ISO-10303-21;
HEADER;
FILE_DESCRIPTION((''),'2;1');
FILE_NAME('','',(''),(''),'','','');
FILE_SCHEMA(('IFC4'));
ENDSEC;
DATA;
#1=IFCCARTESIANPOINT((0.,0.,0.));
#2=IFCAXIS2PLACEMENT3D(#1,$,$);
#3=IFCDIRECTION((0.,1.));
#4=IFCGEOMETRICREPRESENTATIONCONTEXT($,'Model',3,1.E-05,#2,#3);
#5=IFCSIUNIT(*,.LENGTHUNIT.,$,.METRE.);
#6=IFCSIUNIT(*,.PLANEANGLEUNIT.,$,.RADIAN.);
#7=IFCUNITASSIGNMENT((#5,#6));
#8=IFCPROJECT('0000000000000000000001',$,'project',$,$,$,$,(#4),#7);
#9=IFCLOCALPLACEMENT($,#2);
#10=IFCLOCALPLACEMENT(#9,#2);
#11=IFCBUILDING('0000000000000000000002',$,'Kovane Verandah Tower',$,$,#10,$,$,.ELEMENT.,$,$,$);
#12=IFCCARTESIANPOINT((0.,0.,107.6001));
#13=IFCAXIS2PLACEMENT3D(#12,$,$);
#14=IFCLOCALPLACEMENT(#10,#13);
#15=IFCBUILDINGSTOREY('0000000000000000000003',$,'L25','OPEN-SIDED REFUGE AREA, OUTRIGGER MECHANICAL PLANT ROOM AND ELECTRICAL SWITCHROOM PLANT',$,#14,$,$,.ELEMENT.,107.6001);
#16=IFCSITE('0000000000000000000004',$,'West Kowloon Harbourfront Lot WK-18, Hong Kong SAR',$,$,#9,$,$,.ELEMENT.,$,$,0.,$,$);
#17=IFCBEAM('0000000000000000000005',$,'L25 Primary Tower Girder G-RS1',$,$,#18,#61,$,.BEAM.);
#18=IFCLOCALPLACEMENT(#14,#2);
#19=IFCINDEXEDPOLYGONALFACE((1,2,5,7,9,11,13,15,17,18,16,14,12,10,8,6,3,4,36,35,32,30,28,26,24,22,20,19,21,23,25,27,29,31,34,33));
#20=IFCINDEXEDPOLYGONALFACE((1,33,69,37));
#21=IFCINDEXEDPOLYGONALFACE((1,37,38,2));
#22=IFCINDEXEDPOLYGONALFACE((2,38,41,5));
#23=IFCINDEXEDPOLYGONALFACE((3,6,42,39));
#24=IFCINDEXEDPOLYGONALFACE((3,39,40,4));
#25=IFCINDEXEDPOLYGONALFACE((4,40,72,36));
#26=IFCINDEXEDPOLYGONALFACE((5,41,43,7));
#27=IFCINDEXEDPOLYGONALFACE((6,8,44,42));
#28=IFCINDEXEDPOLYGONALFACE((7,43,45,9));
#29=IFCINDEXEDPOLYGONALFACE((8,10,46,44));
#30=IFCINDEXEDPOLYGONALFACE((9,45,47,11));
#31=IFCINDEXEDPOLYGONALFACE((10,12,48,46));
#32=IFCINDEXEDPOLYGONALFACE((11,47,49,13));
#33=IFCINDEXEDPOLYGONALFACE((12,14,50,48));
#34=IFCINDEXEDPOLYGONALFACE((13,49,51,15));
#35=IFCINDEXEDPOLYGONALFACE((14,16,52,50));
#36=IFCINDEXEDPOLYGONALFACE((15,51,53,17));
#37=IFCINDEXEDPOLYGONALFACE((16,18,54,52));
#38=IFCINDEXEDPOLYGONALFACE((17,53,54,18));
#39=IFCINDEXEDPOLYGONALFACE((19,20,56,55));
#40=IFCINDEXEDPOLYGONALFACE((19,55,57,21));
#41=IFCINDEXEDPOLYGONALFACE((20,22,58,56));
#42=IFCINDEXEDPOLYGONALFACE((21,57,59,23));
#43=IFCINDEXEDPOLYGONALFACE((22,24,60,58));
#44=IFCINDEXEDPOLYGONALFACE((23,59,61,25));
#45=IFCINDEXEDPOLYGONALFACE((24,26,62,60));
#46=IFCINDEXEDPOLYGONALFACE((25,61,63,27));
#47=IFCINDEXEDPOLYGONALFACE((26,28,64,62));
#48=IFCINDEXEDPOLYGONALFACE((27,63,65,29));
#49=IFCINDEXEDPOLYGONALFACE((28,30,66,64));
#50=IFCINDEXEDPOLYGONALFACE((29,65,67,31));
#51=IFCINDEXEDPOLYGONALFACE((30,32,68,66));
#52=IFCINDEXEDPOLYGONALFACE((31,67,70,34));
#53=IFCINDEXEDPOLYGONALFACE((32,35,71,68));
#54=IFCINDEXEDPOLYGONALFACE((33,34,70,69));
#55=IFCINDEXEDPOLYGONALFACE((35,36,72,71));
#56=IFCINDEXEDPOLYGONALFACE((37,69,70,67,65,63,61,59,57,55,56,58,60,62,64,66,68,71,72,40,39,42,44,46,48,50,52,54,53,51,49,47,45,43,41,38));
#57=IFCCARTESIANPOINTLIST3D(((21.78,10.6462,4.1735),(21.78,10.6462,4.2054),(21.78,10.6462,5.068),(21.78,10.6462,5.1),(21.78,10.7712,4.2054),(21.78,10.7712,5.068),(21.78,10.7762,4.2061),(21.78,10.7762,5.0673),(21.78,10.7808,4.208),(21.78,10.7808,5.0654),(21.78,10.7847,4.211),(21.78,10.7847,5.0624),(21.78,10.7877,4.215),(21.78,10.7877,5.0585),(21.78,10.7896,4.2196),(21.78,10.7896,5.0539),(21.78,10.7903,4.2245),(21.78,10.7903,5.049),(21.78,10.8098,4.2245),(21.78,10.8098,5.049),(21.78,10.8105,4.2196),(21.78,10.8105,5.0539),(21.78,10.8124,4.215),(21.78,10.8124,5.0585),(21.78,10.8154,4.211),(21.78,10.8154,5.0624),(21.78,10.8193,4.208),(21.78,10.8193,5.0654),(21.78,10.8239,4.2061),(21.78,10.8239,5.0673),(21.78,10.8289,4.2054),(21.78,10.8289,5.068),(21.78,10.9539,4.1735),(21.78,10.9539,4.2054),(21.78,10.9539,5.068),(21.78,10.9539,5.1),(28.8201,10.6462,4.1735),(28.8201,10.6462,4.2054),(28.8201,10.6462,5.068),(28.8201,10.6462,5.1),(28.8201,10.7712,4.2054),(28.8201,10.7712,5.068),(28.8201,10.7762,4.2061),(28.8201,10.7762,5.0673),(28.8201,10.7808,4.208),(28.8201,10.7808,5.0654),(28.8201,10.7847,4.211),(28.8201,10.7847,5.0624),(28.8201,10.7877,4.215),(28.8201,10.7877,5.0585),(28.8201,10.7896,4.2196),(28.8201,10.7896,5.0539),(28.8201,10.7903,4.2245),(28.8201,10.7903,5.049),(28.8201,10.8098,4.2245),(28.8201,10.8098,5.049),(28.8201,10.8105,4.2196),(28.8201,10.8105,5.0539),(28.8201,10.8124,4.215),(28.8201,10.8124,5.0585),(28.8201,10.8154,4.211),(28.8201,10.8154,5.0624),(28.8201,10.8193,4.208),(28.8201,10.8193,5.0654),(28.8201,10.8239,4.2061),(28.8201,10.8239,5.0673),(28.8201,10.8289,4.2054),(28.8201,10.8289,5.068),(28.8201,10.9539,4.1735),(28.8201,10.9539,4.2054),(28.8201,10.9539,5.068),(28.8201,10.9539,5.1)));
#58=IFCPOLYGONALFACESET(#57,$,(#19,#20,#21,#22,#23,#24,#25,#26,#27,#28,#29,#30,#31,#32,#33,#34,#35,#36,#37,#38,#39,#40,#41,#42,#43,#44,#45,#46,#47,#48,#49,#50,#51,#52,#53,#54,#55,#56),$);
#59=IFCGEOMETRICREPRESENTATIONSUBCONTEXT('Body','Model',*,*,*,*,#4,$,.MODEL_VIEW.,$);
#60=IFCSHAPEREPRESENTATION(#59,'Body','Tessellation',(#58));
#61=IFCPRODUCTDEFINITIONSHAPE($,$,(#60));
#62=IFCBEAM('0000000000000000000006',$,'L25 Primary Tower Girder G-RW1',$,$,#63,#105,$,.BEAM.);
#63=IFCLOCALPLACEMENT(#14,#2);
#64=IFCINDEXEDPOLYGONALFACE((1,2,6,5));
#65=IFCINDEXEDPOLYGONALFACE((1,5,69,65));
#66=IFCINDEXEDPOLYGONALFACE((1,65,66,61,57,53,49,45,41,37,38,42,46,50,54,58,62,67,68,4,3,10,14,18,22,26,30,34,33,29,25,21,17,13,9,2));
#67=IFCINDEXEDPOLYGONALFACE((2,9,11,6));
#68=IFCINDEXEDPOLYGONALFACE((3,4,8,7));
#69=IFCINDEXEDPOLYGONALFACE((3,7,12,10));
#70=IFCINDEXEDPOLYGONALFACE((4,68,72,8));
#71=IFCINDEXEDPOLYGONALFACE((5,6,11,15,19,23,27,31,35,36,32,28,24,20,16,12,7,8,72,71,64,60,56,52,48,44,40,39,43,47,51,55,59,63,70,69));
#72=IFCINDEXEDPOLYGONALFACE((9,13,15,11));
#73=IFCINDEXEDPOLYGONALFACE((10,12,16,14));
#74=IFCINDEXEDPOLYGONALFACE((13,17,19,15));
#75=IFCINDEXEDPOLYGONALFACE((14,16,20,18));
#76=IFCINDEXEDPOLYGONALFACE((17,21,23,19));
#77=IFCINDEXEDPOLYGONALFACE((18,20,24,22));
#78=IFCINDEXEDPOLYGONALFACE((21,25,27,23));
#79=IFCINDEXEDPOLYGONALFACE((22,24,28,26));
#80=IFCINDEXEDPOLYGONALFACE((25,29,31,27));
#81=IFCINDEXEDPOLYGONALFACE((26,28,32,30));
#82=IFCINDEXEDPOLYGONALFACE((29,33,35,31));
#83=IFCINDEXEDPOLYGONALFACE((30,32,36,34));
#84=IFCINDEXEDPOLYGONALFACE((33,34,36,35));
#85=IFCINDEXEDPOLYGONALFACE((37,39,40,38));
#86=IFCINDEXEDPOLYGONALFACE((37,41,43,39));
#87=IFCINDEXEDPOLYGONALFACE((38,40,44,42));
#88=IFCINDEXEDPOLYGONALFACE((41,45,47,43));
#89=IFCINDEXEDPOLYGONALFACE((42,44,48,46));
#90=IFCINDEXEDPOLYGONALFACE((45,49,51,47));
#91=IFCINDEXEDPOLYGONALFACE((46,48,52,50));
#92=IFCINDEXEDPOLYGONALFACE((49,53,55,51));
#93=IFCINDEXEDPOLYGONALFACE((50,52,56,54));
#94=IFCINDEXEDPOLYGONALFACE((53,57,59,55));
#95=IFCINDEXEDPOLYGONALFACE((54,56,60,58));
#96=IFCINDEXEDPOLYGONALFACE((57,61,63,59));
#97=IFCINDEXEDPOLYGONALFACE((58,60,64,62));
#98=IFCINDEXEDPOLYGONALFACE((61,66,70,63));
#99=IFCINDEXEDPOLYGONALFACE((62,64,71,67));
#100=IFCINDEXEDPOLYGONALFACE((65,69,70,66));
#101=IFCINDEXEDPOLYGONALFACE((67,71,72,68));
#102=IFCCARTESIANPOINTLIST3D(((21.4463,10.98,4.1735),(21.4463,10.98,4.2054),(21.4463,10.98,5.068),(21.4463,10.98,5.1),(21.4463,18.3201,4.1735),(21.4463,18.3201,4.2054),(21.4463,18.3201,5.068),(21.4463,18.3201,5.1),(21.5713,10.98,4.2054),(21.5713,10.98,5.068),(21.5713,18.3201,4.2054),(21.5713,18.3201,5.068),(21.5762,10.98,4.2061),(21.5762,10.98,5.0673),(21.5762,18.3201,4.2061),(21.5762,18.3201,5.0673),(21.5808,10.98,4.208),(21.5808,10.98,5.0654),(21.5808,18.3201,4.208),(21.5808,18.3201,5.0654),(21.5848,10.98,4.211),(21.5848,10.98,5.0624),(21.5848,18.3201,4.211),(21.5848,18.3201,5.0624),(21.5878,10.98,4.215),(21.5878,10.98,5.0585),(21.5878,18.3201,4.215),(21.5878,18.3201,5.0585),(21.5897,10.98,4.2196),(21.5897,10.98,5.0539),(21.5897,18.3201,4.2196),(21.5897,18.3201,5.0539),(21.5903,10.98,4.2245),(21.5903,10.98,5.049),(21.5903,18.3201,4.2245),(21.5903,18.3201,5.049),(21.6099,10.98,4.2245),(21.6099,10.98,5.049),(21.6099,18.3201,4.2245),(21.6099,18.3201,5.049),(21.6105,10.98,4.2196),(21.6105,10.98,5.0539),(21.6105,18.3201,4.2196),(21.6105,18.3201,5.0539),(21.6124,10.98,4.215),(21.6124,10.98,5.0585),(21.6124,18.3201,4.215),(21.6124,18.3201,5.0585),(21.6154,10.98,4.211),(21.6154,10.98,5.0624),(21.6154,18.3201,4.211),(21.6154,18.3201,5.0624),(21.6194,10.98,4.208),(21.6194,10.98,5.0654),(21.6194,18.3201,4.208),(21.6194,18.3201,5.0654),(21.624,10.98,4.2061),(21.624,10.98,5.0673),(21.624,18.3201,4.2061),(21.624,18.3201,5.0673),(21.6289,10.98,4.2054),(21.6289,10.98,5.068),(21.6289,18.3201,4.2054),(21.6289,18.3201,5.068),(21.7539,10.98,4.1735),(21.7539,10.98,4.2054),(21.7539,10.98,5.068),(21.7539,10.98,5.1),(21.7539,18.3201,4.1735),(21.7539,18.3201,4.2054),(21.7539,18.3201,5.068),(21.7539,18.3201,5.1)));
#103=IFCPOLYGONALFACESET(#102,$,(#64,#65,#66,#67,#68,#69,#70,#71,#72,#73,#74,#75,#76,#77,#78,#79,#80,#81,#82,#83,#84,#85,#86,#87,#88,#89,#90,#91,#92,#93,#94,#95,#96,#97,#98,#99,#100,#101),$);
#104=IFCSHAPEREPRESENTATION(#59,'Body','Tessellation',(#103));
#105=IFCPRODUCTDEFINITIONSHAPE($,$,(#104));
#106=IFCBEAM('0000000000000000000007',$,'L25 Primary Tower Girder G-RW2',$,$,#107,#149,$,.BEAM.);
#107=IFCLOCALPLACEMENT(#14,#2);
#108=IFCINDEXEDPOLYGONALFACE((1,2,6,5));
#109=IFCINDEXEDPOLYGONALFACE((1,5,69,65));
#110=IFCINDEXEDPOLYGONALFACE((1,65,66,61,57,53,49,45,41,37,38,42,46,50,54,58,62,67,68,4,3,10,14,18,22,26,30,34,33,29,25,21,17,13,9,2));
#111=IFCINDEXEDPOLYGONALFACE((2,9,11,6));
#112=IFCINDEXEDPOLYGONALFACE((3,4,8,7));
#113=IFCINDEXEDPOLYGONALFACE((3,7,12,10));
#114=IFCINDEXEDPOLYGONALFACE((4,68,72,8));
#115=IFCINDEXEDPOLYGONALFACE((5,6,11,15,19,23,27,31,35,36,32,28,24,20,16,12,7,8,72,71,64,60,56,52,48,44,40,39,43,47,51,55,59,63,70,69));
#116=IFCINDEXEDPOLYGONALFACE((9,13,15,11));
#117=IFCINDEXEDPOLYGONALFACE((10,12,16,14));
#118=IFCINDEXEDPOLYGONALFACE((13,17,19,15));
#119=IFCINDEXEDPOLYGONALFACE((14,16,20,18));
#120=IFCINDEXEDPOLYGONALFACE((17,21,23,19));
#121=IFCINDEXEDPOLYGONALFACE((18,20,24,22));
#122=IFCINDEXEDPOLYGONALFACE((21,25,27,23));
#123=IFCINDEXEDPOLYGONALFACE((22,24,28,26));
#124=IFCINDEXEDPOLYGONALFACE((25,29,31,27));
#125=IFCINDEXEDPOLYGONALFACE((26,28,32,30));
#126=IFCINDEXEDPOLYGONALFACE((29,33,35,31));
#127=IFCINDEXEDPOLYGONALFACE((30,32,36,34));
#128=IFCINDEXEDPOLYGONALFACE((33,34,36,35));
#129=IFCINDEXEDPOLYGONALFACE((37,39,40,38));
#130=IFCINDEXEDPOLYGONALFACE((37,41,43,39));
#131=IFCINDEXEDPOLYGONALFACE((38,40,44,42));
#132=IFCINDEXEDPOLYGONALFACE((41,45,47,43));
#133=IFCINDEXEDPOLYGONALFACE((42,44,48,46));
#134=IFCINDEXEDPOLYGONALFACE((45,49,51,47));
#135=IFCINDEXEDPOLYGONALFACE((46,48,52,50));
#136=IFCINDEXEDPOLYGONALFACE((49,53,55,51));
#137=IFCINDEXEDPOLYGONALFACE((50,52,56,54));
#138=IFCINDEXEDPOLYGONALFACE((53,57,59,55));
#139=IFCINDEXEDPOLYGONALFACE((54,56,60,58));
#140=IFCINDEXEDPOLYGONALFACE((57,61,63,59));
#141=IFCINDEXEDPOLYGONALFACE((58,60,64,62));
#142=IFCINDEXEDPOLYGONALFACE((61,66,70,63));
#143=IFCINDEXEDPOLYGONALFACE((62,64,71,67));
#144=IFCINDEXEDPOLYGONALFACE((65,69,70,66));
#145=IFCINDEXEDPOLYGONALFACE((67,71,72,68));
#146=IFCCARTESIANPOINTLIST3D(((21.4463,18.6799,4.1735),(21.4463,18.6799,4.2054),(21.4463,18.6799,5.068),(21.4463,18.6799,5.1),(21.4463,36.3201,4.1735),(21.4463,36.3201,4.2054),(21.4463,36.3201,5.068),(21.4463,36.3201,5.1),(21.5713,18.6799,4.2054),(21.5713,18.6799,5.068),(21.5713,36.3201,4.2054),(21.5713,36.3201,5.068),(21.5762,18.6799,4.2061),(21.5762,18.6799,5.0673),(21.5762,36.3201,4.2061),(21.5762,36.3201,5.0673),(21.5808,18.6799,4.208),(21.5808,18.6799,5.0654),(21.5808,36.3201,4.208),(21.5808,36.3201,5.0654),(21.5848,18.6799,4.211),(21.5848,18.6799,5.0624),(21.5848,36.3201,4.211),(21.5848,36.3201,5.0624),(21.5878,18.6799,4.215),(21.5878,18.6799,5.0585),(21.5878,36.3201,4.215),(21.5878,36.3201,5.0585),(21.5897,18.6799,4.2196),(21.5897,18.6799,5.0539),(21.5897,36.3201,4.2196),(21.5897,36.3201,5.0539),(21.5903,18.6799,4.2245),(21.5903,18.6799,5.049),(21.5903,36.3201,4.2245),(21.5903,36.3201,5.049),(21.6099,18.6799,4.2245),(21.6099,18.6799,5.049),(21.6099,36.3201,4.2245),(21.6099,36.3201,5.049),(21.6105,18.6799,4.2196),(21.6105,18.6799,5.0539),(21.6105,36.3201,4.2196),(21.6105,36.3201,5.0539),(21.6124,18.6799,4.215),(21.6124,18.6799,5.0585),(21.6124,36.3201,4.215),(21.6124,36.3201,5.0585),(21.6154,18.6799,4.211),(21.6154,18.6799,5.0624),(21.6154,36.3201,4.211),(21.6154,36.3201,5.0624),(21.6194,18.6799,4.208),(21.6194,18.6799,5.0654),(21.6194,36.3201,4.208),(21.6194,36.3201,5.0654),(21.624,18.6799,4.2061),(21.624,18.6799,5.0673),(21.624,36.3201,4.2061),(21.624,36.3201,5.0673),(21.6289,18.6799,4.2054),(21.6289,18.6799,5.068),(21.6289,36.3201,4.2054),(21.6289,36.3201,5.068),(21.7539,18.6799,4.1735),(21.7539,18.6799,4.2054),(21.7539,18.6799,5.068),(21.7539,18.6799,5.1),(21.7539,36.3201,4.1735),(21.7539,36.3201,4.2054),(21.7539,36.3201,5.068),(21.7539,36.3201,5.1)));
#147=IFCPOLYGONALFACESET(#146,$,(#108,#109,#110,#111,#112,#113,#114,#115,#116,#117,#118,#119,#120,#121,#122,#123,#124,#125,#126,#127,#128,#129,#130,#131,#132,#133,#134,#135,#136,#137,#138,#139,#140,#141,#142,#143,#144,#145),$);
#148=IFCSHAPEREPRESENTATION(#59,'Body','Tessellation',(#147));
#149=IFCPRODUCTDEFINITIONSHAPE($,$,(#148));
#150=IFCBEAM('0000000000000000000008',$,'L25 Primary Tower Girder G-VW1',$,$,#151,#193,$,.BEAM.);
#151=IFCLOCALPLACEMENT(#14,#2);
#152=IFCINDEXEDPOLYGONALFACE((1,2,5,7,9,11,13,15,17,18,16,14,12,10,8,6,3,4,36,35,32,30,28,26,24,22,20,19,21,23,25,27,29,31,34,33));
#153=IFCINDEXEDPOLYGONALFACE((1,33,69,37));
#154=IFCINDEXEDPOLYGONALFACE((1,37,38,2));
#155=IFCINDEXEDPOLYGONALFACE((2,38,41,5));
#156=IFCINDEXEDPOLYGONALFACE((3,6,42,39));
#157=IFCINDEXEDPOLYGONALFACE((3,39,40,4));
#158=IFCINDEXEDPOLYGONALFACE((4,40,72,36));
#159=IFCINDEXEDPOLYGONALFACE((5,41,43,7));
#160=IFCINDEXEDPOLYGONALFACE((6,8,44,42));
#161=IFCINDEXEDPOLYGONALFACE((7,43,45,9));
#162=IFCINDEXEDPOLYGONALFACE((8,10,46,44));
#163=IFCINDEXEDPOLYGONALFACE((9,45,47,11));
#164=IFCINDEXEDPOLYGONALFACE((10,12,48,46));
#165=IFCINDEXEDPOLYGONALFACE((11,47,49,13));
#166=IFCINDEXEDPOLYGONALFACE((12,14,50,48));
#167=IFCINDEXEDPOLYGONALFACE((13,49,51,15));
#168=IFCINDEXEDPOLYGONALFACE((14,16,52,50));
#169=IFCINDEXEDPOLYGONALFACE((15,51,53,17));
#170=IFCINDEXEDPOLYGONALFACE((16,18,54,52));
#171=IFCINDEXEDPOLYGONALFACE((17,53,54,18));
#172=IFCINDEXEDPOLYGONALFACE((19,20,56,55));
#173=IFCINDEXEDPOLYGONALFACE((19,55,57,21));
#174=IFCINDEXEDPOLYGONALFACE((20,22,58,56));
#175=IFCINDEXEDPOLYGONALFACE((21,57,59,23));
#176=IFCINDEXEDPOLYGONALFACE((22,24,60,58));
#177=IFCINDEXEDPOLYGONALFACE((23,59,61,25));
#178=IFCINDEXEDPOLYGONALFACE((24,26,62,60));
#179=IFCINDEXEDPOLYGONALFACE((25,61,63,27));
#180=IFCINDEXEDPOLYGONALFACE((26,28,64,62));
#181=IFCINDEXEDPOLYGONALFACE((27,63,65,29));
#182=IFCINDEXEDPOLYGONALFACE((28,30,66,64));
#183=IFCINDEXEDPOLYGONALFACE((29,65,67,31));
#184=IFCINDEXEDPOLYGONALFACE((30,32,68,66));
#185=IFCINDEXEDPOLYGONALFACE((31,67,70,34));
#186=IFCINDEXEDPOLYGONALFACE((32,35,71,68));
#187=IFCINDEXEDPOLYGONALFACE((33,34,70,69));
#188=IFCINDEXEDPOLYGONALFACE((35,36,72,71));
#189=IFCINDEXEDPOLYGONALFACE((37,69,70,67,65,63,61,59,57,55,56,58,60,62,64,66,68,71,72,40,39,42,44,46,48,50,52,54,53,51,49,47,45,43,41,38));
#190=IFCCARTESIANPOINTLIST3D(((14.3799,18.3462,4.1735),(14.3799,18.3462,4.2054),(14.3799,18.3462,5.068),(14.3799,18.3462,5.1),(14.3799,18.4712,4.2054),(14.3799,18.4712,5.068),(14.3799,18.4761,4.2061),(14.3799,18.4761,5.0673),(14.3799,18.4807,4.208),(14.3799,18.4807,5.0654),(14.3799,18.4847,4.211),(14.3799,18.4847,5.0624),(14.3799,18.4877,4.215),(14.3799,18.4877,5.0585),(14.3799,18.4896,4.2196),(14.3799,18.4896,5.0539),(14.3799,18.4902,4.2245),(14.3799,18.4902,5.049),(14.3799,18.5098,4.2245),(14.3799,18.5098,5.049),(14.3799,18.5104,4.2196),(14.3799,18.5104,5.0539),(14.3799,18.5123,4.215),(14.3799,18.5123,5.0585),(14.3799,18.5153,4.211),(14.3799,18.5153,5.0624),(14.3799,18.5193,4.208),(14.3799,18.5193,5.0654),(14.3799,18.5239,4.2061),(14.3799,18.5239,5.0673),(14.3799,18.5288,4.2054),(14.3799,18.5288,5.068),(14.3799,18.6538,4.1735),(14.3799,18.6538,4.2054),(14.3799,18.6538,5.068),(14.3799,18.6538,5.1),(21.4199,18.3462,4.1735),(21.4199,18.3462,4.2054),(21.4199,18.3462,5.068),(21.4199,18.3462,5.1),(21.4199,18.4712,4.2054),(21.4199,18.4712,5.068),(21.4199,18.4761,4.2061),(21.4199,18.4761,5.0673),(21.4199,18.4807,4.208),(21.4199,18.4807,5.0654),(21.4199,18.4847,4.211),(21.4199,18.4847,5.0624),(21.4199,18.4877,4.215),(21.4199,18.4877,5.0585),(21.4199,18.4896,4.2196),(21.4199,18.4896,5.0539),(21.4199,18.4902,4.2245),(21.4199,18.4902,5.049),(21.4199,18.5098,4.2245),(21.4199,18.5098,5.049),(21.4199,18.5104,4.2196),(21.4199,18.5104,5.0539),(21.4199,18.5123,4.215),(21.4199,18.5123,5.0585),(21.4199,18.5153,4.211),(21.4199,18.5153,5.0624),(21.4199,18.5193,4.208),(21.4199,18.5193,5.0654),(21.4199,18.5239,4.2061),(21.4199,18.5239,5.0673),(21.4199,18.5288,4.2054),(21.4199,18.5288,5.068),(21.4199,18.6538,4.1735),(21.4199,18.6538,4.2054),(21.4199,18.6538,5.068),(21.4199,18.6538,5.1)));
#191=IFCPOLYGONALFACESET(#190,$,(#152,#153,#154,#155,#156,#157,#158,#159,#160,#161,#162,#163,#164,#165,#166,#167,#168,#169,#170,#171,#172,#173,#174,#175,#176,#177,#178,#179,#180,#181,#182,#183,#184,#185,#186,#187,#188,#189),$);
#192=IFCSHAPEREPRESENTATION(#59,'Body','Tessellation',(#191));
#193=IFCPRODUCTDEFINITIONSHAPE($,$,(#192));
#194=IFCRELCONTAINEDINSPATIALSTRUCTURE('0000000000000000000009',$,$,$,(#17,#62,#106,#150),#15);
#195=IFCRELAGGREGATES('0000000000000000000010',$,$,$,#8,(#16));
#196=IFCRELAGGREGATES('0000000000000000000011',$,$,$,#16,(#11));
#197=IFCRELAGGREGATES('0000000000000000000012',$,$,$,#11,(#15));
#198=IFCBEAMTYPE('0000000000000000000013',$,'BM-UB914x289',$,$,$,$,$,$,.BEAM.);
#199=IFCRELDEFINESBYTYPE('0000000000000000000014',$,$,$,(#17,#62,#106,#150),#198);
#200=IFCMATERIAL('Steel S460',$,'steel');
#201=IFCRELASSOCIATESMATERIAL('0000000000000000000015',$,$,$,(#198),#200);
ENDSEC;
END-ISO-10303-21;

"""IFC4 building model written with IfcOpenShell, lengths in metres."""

from ifc_helpers import new_model, si_unit, direction, frame, origin, origin_2d, place, context, subcontext, project, spatial, i_section, extrude, material, material_profile, profile_set, type_object, element, save


model = new_model("IFC4")

# Units and contexts
model_context = context("Model", 3, precision=1e-05, world=origin(), true_north=direction((0.0, 1.0)))
body_context = subcontext(model_context, "Body", "Model", "MODEL_VIEW")
ifc_project = project(units=[si_unit("LENGTHUNIT", "METRE"), si_unit("PLANEANGLEUNIT", "RADIAN")], contexts=[model_context])

# Site, building, storey
site_placement = place(None, origin())
site = spatial("IfcSite", under=ifc_project, at=site_placement, Name="West Kowloon Harbourfront Lot WK-18, Hong Kong SAR", CompositionType="ELEMENT", RefElevation=0.0)
building_placement = place(site_placement, origin())
building = spatial("IfcBuilding", under=site, at=building_placement, Name="Kovane Verandah Tower", CompositionType="ELEMENT")
storey_placement = place(building_placement, frame((0.0, 0.0, 107.6001)))
storey = spatial("IfcBuildingStorey", under=building, at=storey_placement, Name="L25", Description="OPEN-SIDED REFUGE AREA, OUTRIGGER MECHANICAL PLANT ROOM AND ELECTRICAL SWITCHROOM PLANT", CompositionType="ELEMENT", Elevation=107.6001)

# Beams
ifc_material_1 = material(Name="Steel S460", Category="steel")
ifc_material_profile_1 = material_profile(ifc_material_1, i_section(OverallWidth=0.3076, OverallDepth=0.9265, WebThickness=0.0195, FlangeThickness=0.032, FilletRadius=0.019, at=origin_2d()), Name="UB914x305x289")
ifc_profile_set_1 = profile_set([ifc_material_profile_1], Name="Steel S460")
beam_type_1 = type_object("IfcBeamType", Name="BM-UB914x289", PredefinedType="BEAM", material=ifc_profile_set_1)
beam_1_placement = place(storey_placement, frame((21.78, 10.8, 4.6367), z_axis=(1.0, 0.0, 0.0), x_axis=(0.0, 1.0, 0.0)))
element("IfcBeam", 1, at=beam_1_placement, inside=storey, type_object=beam_type_1, Name="L25 Primary Tower Girder G-RS1", PredefinedType="BEAM", context=body_context, shape_type="SweptSolid", body=[
    extrude(i_section(OverallWidth=0.3076, OverallDepth=0.9265, WebThickness=0.0195, FlangeThickness=0.032, FilletRadius=0.019, at=origin_2d()), origin(), (0.0, 0.0, 1.0), 7.04),
])
beam_2_placement = place(storey_placement, frame((21.6001, 10.98, 4.6367), z_axis=(0.0, 1.0, 0.0), x_axis=(-1.0, 0.0, 0.0)))
element("IfcBeam", 2, at=beam_2_placement, inside=storey, type_object=beam_type_1, Name="L25 Primary Tower Girder G-RW1", PredefinedType="BEAM", context=body_context, shape_type="SweptSolid", body=[
    extrude(i_section(OverallWidth=0.3076, OverallDepth=0.9265, WebThickness=0.0195, FlangeThickness=0.032, FilletRadius=0.019, at=origin_2d()), origin(), (0.0, 0.0, 1.0), 7.3401),
])
beam_3_placement = place(storey_placement, frame((21.6001, 18.6799, 4.6367), z_axis=(0.0, 1.0, 0.0), x_axis=(-1.0, 0.0, 0.0)))
element("IfcBeam", 3, at=beam_3_placement, inside=storey, type_object=beam_type_1, Name="L25 Primary Tower Girder G-RW2", PredefinedType="BEAM", context=body_context, shape_type="SweptSolid", body=[
    extrude(i_section(OverallWidth=0.3076, OverallDepth=0.9265, WebThickness=0.0195, FlangeThickness=0.032, FilletRadius=0.019, at=origin_2d()), origin(), (0.0, 0.0, 1.0), 17.6401),
])
beam_4_placement = place(storey_placement, frame((21.4199, 18.5, 4.6367), z_axis=(-1.0, 0.0, 0.0), x_axis=(0.0, -1.0, 0.0)))
element("IfcBeam", 4, at=beam_4_placement, inside=storey, type_object=beam_type_1, Name="L25 Primary Tower Girder G-VW1", PredefinedType="BEAM", context=body_context, shape_type="SweptSolid", body=[
    extrude(i_section(OverallWidth=0.3076, OverallDepth=0.9265, WebThickness=0.0195, FlangeThickness=0.032, FilletRadius=0.019, at=origin_2d()), origin(), (0.0, 0.0, 1.0), 7.04),
])

save(model, "model.ifc")
